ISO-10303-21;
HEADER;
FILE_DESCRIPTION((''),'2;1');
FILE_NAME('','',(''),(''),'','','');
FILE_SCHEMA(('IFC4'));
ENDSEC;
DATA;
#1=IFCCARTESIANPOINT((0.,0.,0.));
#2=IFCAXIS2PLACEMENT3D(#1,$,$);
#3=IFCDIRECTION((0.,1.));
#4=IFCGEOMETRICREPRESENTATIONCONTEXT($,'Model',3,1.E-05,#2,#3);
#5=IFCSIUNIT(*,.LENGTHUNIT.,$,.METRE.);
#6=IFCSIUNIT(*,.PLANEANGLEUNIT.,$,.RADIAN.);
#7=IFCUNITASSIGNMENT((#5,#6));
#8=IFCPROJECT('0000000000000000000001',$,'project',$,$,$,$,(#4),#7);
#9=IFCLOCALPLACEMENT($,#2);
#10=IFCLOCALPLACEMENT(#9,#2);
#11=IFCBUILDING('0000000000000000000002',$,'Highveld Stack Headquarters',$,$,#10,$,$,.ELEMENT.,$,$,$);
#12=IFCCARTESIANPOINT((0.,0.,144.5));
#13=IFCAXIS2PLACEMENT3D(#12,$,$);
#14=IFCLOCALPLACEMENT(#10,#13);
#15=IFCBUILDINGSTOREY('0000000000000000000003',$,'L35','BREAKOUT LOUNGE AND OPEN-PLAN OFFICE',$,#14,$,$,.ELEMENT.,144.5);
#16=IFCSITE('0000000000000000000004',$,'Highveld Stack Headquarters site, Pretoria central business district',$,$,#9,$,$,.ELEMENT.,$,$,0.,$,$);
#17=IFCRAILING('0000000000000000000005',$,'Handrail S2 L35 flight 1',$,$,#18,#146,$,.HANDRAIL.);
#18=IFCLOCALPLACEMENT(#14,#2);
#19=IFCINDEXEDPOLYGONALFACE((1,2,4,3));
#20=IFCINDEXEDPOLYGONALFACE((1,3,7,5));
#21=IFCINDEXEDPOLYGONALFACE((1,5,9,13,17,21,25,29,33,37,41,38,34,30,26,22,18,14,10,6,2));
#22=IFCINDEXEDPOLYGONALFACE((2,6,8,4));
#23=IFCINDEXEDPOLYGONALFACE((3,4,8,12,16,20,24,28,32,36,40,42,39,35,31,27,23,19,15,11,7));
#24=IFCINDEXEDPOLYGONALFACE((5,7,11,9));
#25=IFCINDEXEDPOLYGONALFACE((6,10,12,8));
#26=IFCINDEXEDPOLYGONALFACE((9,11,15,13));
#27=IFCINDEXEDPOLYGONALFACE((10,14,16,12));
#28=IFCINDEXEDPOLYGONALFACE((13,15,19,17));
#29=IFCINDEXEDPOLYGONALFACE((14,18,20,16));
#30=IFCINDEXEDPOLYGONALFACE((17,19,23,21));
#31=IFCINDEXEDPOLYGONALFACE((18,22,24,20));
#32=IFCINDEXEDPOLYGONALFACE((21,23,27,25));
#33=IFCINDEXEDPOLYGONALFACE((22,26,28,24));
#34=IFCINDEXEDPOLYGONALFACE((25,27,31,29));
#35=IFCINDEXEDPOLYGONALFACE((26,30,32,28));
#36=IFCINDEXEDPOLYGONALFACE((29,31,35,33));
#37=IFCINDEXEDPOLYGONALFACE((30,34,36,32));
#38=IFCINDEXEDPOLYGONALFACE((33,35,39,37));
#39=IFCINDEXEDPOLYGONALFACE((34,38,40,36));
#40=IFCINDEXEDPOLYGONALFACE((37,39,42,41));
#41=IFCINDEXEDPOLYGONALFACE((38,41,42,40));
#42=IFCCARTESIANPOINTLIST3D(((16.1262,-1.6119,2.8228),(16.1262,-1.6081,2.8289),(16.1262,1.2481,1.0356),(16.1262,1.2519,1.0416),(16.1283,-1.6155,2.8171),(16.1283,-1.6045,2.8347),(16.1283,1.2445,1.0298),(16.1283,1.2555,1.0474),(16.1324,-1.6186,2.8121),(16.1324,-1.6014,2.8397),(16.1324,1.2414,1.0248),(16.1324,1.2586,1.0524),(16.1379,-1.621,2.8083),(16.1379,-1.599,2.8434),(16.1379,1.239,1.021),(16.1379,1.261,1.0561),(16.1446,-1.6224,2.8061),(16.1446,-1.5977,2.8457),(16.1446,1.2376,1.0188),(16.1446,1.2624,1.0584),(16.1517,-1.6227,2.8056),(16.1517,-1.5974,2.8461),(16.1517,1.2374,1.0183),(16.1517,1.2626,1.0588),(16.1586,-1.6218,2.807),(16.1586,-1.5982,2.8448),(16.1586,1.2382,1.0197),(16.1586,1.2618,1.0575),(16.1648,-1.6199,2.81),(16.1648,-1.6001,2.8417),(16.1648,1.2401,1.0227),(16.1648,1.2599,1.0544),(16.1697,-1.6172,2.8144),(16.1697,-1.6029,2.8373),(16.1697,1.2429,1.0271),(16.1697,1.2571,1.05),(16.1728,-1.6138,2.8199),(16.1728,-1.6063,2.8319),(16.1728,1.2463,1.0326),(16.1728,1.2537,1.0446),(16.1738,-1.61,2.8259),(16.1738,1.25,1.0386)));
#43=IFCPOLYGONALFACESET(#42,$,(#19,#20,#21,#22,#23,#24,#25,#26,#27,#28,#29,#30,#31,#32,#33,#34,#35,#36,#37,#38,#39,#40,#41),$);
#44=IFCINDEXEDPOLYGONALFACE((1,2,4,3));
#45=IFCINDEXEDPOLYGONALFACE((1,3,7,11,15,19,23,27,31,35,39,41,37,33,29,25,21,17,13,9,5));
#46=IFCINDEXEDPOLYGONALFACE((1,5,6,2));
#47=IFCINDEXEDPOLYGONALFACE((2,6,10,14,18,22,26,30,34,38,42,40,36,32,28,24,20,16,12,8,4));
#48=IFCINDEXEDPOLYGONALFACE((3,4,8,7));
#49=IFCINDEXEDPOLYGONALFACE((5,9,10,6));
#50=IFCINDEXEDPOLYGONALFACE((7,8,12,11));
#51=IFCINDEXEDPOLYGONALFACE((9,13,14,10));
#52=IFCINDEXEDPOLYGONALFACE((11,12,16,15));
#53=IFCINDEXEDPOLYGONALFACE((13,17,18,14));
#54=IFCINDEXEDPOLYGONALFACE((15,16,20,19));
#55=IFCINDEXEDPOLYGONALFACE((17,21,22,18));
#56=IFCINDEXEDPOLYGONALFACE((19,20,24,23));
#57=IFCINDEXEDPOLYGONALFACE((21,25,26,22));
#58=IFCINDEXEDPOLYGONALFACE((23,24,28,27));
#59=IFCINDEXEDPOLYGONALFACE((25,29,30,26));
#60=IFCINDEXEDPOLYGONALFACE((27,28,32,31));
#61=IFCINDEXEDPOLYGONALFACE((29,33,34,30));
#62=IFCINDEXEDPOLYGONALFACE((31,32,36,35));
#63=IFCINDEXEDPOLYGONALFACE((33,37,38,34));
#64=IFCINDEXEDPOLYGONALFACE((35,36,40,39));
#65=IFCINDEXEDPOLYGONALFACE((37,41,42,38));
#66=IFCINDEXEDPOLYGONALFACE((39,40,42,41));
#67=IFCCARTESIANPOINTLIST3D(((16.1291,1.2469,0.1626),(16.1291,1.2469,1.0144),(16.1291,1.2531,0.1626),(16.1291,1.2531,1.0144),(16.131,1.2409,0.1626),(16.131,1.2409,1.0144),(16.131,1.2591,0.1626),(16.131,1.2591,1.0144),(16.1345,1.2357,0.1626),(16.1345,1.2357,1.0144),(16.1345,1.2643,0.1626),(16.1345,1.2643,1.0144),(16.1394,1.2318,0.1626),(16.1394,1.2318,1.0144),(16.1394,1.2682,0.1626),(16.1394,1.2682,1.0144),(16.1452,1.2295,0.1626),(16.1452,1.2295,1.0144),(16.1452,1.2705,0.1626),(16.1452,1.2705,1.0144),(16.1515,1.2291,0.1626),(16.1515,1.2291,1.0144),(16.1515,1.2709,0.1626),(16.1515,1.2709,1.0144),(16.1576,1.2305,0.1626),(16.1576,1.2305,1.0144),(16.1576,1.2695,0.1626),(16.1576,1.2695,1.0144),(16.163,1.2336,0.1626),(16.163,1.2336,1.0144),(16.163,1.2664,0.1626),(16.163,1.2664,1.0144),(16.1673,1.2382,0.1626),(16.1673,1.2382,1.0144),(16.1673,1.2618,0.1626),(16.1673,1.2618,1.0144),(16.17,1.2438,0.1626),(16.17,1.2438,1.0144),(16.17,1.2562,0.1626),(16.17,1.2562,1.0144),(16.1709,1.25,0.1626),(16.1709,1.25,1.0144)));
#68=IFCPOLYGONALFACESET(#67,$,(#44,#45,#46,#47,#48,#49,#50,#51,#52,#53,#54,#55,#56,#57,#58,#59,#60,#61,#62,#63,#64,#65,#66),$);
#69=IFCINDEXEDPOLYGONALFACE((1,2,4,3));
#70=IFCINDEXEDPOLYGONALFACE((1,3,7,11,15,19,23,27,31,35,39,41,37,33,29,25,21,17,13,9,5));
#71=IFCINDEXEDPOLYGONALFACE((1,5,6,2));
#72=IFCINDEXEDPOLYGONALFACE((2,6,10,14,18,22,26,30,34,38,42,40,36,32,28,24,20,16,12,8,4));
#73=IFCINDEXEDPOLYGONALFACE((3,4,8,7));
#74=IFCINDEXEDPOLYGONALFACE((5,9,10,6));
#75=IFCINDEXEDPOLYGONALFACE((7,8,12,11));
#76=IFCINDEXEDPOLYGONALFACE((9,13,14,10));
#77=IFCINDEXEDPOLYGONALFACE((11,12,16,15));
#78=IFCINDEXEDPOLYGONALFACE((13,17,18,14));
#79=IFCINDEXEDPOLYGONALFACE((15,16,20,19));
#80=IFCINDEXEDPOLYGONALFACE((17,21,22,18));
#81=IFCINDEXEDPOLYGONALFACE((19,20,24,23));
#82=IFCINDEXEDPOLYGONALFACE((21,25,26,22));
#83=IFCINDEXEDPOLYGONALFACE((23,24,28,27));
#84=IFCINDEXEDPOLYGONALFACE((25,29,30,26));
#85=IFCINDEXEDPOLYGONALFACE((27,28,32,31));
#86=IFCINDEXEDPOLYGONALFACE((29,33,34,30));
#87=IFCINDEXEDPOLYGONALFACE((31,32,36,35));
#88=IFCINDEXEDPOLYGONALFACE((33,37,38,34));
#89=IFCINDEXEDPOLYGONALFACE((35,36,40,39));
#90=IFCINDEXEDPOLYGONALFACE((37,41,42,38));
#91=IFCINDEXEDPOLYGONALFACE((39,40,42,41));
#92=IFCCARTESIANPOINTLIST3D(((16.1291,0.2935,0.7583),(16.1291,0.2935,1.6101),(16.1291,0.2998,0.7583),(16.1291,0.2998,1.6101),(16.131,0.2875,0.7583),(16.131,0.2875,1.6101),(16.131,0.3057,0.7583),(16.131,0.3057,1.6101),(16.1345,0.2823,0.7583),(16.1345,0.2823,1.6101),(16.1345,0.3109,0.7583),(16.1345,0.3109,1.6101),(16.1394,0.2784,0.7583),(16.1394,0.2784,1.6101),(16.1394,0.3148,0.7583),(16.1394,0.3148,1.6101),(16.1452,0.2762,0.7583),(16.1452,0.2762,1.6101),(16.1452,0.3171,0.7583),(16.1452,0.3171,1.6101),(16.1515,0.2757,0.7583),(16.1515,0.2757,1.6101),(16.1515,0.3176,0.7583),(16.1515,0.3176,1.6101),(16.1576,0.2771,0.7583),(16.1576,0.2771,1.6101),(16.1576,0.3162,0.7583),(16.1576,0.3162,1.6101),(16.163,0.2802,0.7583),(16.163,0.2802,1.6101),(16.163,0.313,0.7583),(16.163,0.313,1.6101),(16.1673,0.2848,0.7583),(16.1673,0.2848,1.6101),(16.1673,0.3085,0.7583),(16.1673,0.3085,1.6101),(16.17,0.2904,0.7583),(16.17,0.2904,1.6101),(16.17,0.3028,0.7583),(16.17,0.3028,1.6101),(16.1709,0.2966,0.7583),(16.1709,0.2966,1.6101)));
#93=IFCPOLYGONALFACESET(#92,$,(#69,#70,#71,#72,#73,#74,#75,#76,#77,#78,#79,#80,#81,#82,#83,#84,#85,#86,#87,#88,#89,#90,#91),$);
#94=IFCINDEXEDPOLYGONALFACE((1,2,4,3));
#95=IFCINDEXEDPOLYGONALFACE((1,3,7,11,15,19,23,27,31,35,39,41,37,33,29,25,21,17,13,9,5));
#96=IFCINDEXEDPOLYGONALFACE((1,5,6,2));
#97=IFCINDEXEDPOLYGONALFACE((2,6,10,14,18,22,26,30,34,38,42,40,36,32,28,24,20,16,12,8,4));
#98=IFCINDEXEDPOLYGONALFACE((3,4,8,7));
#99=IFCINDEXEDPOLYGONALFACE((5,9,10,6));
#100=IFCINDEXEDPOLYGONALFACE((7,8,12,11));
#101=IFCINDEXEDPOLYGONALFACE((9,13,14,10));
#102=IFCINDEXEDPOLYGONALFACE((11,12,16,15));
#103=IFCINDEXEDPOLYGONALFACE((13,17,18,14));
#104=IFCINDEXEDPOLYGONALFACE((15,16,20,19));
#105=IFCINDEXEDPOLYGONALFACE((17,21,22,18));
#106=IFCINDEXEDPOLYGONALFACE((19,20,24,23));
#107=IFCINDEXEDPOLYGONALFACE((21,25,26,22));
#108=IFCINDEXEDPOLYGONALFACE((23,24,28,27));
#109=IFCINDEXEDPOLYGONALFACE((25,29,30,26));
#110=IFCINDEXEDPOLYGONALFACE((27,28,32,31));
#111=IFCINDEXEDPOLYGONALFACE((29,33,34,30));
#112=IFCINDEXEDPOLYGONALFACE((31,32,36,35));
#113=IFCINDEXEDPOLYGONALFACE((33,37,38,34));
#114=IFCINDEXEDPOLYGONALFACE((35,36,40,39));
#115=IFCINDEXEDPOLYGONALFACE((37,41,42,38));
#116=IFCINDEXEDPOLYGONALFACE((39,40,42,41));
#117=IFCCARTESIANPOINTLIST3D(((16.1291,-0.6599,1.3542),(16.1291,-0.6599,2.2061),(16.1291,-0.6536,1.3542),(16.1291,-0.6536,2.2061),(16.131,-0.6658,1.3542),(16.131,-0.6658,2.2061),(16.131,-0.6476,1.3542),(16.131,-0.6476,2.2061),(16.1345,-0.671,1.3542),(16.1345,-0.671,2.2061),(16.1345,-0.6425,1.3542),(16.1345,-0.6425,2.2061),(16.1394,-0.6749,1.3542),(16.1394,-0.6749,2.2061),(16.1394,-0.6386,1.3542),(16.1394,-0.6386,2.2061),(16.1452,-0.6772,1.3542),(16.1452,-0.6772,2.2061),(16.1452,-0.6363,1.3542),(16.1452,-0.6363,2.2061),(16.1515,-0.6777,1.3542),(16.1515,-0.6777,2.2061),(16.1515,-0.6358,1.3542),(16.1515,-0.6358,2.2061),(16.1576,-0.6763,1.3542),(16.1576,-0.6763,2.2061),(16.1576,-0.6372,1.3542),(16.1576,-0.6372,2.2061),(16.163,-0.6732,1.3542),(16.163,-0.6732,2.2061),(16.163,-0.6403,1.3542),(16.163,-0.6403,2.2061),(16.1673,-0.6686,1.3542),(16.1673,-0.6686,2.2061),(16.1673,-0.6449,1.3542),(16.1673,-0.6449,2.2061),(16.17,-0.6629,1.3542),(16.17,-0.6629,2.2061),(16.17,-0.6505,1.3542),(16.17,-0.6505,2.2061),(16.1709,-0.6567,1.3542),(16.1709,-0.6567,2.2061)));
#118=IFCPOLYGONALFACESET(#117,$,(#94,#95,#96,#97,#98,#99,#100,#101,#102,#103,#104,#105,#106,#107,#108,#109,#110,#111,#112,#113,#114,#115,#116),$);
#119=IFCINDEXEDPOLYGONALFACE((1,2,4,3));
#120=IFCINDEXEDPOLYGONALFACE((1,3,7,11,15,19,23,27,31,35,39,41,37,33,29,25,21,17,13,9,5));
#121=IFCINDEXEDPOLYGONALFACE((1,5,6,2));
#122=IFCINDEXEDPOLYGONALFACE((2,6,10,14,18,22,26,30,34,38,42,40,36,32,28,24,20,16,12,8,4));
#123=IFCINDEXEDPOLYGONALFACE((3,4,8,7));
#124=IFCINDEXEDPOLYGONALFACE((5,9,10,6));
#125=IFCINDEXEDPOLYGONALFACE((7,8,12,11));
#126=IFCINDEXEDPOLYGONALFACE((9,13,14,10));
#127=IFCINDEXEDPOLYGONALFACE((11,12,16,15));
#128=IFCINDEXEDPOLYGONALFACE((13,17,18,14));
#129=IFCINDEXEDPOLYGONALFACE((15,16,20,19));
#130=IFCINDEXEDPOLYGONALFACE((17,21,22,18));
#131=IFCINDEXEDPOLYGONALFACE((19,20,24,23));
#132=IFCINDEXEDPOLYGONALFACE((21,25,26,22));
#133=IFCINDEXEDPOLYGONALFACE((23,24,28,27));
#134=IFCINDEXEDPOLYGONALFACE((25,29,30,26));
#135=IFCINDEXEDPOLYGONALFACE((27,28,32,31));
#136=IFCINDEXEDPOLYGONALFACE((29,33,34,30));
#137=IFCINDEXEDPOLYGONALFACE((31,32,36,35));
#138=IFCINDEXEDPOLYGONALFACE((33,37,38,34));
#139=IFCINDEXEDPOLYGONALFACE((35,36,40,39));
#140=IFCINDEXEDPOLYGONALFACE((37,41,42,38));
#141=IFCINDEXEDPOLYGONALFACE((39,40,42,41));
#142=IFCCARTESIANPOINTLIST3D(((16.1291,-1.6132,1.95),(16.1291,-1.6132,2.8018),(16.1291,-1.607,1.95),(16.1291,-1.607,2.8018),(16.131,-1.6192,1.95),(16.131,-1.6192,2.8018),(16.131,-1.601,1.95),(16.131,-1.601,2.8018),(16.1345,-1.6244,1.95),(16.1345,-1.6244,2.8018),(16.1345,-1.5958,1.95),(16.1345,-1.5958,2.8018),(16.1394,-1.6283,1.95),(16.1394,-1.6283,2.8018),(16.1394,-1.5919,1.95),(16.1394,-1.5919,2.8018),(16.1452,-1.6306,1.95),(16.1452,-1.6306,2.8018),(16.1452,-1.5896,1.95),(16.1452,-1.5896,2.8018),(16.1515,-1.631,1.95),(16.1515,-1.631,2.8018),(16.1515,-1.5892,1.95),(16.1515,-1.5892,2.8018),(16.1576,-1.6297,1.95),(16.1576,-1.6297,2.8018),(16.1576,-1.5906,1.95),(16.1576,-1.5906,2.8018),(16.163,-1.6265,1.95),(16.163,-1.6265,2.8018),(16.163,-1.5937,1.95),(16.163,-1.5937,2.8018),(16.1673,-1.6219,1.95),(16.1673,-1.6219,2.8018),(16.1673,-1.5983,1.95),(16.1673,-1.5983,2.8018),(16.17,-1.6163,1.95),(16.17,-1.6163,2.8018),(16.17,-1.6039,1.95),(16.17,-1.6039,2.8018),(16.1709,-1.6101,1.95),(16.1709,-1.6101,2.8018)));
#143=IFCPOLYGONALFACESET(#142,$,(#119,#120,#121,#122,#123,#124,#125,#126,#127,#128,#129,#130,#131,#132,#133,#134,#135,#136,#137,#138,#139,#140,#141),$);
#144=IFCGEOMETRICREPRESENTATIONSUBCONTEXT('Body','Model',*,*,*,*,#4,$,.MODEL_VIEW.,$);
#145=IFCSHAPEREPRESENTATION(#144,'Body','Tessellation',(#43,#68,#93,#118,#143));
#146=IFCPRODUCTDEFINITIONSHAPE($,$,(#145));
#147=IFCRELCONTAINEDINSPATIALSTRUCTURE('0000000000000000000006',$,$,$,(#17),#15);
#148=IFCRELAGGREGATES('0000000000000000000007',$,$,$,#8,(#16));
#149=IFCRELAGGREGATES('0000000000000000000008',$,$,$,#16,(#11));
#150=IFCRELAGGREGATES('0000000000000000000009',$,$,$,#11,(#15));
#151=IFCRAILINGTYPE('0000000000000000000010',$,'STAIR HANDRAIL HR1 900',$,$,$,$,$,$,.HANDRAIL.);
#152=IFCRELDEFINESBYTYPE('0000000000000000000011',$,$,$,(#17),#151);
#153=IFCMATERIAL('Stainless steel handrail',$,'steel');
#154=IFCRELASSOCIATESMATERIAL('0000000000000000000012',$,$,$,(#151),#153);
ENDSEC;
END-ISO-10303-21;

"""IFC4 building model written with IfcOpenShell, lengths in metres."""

from ifc_helpers import new_model, si_unit, direction, frame, origin, origin_2d, place, context, subcontext, project, spatial, circle, extrude, material, type_object, element, save


model = new_model("IFC4")

# Units and contexts
model_context = context("Model", 3, precision=1e-05, world=origin(), true_north=direction((0.0, 1.0)))
body_context = subcontext(model_context, "Body", "Model", "MODEL_VIEW")
ifc_project = project(units=[si_unit("LENGTHUNIT", "METRE"), si_unit("PLANEANGLEUNIT", "RADIAN")], contexts=[model_context])

# Site, building, storey
site_placement = place(None, origin())
site = spatial("IfcSite", under=ifc_project, at=site_placement, Name="Highveld Stack Headquarters site, Pretoria central business district", CompositionType="ELEMENT", RefElevation=0.0)
building_placement = place(site_placement, origin())
building = spatial("IfcBuilding", under=site, at=building_placement, Name="Highveld Stack Headquarters", CompositionType="ELEMENT")
storey_placement = place(building_placement, frame((0.0, 0.0, 144.5)))
storey = spatial("IfcBuildingStorey", under=building, at=storey_placement, Name="L35", Description="BREAKOUT LOUNGE AND OPEN-PLAN OFFICE", CompositionType="ELEMENT", Elevation=144.5)

# Railing
ifc_material_1 = material(Name="Stainless steel handrail", Category="steel")
railing_type = type_object("IfcRailingType", Name="STAIR HANDRAIL HR1 900", PredefinedType="HANDRAIL", material=ifc_material_1)
railing_placement = place(storey_placement, frame((16.1499, 1.25, 0.1626)))
element("IfcRailing", 1, at=railing_placement, inside=storey, type_object=railing_type, Name="Handrail S2 L35 flight 1", PredefinedType="HANDRAIL", context=body_context, shape_type="SweptSolid", body=[
    extrude(circle(Radius=0.0239, at=origin_2d()), frame((0.0, 0.0, 0.876), z_axis=(0.0, -0.848027, 0.529953), x_axis=(1.0, 0.0, 0.0)), (0.0, 0.0, 1.0), 3.3726),
    extrude(circle(Radius=0.021, at=origin_2d()), origin(), (0.0, 0.0, 1.0), 0.8518),
    extrude(circle(Radius=0.021, at=origin_2d()), frame((0.0, -0.9534, 0.5957)), (0.0, 0.0, 1.0), 0.8518),
    extrude(circle(Radius=0.021, at=origin_2d()), frame((0.0, -1.9067, 1.1917)), (0.0, 0.0, 1.0), 0.8518),
    extrude(circle(Radius=0.021, at=origin_2d()), frame((0.0, -2.8601, 1.7874)), (0.0, 0.0, 1.0), 0.8518),
])

save(model, "model.ifc")
